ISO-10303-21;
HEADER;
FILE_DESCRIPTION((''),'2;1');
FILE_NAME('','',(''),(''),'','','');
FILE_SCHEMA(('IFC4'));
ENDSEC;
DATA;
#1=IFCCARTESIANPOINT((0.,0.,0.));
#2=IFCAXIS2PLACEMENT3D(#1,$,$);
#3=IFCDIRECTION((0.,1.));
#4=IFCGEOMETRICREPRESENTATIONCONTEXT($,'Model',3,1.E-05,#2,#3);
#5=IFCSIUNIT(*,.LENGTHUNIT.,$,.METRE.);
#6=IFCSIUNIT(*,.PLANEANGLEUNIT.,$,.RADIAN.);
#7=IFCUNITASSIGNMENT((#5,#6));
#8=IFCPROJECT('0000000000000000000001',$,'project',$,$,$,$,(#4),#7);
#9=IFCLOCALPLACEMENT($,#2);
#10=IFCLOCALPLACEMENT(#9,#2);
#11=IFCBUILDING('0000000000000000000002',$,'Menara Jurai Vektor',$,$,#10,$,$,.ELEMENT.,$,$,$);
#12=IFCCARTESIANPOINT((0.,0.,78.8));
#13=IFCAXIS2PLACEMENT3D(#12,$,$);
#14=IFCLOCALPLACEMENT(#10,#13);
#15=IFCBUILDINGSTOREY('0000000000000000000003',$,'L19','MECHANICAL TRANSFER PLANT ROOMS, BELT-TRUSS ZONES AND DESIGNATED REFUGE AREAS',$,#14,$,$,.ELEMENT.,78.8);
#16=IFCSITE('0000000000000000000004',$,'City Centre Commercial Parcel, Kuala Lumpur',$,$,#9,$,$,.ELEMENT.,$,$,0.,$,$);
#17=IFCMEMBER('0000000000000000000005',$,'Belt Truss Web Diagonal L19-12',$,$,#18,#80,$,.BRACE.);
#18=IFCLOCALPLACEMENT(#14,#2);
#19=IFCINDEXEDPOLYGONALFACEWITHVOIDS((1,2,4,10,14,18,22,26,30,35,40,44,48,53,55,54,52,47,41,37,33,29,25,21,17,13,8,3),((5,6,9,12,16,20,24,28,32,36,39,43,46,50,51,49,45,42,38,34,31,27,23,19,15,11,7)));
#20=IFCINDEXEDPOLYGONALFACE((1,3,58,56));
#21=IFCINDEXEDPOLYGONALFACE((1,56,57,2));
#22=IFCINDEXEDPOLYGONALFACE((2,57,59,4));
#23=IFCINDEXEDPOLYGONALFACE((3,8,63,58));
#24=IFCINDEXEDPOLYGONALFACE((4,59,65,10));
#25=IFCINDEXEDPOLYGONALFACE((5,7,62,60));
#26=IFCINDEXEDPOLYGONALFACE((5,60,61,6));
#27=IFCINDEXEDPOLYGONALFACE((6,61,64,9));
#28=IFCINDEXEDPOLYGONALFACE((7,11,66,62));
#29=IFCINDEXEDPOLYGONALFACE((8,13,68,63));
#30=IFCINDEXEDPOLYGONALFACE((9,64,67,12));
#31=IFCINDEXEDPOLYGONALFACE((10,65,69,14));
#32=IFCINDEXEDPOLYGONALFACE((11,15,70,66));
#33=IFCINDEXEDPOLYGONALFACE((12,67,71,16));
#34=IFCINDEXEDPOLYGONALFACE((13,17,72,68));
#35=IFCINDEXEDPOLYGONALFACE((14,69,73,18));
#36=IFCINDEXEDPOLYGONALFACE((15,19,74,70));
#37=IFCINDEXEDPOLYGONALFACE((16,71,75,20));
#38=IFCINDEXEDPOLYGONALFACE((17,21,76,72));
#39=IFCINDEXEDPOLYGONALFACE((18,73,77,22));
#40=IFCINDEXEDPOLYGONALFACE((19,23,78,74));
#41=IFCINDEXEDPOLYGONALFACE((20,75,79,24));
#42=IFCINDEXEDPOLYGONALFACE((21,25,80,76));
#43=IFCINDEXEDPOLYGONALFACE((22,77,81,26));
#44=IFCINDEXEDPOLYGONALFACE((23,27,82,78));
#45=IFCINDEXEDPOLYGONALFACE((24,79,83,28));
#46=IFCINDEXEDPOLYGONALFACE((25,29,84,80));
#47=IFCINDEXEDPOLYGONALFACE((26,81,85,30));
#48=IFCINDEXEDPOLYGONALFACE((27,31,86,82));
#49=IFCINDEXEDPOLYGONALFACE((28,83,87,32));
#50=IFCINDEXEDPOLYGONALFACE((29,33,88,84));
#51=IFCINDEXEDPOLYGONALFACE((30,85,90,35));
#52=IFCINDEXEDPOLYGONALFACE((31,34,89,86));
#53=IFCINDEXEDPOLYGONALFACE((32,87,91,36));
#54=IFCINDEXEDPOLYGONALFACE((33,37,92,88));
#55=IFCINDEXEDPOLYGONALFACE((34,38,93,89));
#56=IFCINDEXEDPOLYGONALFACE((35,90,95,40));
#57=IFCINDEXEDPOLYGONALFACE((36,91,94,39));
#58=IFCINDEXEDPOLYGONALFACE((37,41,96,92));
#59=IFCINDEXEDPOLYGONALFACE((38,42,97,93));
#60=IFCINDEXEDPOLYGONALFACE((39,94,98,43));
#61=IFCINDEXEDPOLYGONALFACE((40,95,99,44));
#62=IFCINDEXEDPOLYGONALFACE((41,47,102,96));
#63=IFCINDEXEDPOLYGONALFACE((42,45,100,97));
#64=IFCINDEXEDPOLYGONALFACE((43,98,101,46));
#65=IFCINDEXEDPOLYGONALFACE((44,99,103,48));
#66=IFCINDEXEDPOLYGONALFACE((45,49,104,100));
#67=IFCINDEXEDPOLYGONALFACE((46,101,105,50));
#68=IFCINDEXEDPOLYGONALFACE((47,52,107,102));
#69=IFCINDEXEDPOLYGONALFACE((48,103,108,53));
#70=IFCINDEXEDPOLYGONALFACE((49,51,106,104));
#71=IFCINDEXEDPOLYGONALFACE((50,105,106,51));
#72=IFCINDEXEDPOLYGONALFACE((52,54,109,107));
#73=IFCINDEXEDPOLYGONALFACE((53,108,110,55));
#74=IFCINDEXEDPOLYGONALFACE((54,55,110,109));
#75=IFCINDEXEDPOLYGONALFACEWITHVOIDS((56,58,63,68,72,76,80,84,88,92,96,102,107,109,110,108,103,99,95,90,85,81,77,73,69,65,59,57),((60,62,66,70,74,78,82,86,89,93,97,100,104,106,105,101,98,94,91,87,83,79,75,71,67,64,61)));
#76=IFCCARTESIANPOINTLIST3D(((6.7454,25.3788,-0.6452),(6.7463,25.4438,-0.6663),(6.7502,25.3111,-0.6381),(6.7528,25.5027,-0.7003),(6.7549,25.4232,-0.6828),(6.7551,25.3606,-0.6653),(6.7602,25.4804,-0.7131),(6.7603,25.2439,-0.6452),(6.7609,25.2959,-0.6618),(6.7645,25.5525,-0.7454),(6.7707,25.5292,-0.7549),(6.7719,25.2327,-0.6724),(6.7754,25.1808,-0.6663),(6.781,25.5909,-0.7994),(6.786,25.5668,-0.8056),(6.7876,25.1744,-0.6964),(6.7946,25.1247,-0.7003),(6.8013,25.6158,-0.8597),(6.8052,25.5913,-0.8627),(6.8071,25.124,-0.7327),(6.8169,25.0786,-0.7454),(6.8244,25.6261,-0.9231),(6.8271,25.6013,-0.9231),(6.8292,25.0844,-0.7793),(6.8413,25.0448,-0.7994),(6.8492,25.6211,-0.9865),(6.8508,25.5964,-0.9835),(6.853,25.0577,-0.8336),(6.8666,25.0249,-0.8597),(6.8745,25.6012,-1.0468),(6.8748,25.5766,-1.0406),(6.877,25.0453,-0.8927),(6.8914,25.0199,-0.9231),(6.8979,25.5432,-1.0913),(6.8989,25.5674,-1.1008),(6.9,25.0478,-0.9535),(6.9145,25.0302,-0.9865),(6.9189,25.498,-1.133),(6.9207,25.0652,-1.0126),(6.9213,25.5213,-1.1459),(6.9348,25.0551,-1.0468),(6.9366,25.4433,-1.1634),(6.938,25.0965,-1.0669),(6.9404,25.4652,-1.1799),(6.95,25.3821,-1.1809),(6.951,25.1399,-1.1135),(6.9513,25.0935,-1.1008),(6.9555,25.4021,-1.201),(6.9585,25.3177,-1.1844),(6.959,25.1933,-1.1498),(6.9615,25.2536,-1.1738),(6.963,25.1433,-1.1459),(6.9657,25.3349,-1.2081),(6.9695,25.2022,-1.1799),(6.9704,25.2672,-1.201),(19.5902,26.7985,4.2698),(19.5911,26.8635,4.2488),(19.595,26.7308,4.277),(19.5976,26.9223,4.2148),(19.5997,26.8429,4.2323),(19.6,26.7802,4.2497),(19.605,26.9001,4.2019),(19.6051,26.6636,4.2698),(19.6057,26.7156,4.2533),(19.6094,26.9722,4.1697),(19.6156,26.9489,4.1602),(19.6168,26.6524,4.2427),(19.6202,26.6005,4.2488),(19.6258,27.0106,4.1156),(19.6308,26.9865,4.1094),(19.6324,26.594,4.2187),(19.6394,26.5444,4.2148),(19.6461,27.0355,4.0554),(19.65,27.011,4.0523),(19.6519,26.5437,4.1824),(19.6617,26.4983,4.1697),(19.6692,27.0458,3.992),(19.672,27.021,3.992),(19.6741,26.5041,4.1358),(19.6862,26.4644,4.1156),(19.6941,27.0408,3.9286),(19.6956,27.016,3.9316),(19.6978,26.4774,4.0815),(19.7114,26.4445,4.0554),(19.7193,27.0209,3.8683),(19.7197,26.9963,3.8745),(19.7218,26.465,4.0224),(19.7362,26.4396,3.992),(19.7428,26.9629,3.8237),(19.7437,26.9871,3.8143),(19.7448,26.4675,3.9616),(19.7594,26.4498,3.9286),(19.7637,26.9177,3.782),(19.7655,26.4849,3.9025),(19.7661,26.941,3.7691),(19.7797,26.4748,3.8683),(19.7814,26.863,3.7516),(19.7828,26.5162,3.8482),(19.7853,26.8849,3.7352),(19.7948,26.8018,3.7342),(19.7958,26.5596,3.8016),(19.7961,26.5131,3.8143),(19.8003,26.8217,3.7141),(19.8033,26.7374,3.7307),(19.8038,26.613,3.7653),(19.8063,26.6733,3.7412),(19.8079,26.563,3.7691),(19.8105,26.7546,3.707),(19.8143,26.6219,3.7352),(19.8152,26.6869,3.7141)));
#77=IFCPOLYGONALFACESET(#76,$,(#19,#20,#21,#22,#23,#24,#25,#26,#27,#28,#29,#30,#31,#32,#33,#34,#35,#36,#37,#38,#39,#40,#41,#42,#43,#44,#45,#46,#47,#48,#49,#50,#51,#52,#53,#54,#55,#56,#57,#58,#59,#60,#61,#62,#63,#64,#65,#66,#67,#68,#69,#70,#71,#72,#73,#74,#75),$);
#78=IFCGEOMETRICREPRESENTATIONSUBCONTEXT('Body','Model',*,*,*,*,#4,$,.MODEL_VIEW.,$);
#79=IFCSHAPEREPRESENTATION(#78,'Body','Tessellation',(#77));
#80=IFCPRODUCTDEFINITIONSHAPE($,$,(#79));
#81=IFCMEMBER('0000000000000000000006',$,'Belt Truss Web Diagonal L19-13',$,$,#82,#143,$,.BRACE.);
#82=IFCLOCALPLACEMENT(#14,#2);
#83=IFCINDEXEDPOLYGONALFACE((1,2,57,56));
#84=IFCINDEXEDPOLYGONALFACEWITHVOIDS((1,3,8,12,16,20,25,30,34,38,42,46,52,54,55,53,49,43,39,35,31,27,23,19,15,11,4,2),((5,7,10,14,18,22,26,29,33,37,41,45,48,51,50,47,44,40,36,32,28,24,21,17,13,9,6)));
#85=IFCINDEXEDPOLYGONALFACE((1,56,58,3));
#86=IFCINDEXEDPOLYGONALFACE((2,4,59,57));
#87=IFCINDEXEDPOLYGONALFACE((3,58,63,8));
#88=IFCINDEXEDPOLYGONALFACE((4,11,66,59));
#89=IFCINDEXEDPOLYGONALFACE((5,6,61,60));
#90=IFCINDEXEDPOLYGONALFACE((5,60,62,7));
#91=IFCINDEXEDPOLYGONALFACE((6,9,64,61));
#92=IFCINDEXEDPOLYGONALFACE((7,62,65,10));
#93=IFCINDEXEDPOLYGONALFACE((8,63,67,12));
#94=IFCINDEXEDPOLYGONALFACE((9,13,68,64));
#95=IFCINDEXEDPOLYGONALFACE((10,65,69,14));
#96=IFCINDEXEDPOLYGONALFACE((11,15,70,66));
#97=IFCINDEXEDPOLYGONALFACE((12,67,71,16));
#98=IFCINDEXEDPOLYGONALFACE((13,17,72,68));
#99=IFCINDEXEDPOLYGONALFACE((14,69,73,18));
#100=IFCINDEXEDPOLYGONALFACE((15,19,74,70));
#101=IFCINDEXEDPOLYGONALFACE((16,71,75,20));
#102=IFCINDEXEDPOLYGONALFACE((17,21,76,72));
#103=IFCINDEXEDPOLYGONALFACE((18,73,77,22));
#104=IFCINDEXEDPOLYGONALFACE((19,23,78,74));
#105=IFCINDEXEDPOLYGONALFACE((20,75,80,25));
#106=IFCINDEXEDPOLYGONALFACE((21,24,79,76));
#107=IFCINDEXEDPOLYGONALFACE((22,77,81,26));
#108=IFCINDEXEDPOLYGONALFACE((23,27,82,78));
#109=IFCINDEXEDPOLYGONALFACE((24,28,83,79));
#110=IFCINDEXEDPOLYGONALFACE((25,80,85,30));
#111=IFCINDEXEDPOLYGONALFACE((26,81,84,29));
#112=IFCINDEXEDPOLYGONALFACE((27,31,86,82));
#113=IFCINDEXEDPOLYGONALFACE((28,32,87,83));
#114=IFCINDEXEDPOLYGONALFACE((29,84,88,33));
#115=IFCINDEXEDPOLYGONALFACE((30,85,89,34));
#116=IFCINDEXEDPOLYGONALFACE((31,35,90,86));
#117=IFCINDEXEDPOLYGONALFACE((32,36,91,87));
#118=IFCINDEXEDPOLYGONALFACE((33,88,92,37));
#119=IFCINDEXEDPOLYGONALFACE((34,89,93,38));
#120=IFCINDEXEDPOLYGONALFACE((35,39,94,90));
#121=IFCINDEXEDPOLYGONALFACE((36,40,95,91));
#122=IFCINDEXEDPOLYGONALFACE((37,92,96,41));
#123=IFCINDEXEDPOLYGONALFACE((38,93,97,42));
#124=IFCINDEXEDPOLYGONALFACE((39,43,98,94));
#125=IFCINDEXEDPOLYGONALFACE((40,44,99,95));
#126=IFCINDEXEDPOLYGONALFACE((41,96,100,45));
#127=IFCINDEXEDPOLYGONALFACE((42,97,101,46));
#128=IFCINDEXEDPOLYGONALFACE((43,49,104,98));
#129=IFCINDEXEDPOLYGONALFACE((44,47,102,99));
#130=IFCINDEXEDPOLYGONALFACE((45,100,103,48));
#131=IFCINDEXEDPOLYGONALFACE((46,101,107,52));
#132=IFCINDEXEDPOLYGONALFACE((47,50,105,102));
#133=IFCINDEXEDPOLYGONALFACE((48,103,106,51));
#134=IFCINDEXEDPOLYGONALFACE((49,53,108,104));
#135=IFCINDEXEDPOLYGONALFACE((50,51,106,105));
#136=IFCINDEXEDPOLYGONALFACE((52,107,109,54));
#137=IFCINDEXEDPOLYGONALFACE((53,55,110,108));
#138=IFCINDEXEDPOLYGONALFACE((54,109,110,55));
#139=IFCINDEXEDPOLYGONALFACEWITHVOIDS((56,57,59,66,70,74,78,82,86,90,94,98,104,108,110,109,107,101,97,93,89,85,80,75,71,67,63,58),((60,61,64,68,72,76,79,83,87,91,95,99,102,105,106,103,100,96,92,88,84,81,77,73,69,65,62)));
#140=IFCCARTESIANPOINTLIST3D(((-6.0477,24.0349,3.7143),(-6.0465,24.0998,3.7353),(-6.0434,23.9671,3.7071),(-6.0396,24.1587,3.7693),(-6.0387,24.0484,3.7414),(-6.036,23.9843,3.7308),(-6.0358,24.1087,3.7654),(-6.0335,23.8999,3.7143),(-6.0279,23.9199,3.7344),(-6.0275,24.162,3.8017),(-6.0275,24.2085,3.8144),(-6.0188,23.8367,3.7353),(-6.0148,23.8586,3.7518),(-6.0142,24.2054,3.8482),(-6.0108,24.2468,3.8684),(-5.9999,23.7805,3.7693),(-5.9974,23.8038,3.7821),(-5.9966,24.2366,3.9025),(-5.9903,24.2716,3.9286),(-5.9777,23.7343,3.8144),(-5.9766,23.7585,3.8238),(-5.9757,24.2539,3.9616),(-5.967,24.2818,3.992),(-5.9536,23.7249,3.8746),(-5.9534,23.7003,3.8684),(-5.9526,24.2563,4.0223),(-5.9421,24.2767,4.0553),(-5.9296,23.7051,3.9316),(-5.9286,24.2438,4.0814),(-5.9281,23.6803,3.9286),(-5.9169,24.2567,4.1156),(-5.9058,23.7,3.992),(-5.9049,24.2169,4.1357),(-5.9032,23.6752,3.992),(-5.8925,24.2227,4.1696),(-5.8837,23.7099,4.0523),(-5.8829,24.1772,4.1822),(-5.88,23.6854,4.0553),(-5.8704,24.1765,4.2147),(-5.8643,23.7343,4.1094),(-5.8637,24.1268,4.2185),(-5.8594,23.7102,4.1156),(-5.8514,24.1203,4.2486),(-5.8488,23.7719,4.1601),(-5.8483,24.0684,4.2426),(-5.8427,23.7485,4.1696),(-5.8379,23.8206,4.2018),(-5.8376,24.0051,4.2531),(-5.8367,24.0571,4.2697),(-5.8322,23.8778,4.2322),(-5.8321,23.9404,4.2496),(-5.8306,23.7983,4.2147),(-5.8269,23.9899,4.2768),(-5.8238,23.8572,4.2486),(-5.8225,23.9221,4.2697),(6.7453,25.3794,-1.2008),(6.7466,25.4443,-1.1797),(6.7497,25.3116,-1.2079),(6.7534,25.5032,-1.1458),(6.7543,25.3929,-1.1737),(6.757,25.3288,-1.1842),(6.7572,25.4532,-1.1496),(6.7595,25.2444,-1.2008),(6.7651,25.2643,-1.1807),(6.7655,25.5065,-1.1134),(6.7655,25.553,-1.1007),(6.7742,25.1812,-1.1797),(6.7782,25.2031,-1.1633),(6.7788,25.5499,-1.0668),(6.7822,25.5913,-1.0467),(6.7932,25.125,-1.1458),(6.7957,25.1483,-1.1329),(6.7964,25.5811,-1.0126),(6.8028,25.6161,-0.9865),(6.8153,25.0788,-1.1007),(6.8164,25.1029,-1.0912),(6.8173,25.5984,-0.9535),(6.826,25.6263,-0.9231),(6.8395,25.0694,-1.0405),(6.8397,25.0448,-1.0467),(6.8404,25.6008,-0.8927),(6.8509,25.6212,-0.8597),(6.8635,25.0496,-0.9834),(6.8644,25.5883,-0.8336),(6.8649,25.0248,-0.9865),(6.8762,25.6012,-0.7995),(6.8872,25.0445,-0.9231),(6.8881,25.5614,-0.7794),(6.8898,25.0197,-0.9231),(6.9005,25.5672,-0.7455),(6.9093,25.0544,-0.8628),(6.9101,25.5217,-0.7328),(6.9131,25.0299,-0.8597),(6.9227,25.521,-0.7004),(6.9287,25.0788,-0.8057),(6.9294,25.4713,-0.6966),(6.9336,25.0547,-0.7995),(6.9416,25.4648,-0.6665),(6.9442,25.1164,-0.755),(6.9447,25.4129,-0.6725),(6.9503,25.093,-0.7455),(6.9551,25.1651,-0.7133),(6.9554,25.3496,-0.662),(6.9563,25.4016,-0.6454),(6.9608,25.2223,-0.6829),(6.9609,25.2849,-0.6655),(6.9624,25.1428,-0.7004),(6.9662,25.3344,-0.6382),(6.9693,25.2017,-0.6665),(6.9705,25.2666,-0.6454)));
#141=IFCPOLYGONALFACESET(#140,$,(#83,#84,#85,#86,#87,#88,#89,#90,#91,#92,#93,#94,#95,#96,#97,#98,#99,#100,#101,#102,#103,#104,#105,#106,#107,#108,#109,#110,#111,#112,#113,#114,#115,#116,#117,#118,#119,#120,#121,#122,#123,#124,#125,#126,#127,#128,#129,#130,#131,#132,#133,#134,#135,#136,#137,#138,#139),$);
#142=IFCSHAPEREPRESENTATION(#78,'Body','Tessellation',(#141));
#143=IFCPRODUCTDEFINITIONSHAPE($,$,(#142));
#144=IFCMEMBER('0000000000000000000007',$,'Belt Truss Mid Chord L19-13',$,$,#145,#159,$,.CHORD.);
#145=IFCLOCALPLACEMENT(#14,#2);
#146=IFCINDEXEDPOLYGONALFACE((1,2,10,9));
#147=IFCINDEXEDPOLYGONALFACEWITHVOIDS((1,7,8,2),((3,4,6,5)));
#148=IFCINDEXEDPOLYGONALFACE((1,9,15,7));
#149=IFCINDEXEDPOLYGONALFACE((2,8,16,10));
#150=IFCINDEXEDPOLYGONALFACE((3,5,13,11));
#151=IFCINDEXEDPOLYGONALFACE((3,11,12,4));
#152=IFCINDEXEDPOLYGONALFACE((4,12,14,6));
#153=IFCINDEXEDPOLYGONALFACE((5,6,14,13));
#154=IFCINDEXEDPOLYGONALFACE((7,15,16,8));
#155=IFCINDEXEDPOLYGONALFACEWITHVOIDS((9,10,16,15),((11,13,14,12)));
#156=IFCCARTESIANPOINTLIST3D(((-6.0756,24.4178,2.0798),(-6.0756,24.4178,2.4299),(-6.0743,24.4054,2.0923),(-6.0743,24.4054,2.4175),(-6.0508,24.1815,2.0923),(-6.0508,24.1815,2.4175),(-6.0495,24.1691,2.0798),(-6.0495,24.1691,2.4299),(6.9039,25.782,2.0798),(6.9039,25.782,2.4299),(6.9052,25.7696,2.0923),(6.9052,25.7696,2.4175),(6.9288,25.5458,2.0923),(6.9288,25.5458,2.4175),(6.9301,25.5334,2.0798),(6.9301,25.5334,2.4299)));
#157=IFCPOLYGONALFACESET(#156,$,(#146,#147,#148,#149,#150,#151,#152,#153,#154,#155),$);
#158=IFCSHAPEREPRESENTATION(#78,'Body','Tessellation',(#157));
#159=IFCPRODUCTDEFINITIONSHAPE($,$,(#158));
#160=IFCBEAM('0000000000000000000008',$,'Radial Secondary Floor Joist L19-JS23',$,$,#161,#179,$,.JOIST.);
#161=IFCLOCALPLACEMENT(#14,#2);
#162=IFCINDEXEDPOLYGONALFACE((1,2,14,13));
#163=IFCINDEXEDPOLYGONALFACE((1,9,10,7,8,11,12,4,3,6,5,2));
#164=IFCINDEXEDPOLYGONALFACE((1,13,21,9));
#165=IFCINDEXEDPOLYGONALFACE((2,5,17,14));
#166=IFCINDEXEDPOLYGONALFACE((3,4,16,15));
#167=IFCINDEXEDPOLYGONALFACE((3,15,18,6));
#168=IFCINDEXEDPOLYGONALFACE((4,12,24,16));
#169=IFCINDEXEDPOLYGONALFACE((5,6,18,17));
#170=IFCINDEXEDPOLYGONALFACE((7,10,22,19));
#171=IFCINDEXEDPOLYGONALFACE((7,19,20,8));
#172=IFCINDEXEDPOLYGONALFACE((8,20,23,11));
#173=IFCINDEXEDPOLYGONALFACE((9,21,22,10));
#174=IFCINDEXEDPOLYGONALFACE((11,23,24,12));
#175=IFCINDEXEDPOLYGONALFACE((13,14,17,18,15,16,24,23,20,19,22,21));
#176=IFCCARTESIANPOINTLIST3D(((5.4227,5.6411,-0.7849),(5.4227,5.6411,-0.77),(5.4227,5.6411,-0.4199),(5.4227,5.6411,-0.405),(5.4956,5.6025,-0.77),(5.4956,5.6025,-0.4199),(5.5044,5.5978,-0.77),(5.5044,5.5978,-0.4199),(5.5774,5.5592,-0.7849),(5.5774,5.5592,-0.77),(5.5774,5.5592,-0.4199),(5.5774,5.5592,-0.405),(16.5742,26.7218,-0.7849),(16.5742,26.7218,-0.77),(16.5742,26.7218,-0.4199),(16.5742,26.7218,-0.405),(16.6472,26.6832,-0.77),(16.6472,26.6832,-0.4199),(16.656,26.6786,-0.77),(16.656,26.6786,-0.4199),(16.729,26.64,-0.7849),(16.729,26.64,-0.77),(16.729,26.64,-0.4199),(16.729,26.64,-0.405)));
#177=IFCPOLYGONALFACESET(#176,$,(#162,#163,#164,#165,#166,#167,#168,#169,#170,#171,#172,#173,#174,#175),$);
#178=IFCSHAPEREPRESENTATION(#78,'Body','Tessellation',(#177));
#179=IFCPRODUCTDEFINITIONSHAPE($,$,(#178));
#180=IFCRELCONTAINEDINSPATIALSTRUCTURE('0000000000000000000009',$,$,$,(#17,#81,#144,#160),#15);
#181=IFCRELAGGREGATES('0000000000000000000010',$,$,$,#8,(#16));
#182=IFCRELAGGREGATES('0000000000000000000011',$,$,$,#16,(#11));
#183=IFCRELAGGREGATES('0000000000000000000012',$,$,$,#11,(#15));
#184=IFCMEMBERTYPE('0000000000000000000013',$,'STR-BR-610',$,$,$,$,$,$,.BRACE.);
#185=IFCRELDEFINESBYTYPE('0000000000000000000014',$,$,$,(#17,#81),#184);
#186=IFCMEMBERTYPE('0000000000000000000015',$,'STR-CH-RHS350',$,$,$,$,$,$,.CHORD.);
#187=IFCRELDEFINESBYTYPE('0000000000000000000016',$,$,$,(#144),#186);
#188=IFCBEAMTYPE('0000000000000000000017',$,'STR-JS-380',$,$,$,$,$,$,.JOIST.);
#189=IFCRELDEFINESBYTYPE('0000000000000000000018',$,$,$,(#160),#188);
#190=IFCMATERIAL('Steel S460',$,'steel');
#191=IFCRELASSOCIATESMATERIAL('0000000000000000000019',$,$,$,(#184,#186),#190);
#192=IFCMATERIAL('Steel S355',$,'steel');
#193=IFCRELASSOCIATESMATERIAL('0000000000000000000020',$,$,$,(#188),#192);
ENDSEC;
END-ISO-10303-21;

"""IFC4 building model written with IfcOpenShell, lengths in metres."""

from ifc_helpers import new_model, si_unit, direction, frame, origin, origin_2d, place, context, subcontext, project, spatial, hollow_rectangle, hollow_circle, i_section, extrude, material, material_profile, profile_set, type_object, element, save


model = new_model("IFC4")

# Units and contexts
model_context = context("Model", 3, precision=1e-05, world=origin(), true_north=direction((0.0, 1.0)))
body_context = subcontext(model_context, "Body", "Model", "MODEL_VIEW")
ifc_project = project(units=[si_unit("LENGTHUNIT", "METRE"), si_unit("PLANEANGLEUNIT", "RADIAN")], contexts=[model_context])

# Site, building, storey
site_placement = place(None, origin())
site = spatial("IfcSite", under=ifc_project, at=site_placement, Name="City Centre Commercial Parcel, Kuala Lumpur", CompositionType="ELEMENT", RefElevation=0.0)
building_placement = place(site_placement, origin())
building = spatial("IfcBuilding", under=site, at=building_placement, Name="Menara Jurai Vektor", CompositionType="ELEMENT")
storey_placement = place(building_placement, frame((0.0, 0.0, 78.8)))
storey = spatial("IfcBuildingStorey", under=building, at=storey_placement, Name="L19", Description="MECHANICAL TRANSFER PLANT ROOMS, BELT-TRUSS ZONES AND DESIGNATED REFUGE AREAS", CompositionType="ELEMENT", Elevation=78.8)

# Shared definitions
ifc_material_1 = material(Name="Steel S460", Category="steel")

# Members
ifc_material_profile_1 = material_profile(ifc_material_1, hollow_circle(Radius=0.3049, WallThickness=0.0249, at=origin_2d()), Name="CHS 610x25")
ifc_profile_set_1 = profile_set([ifc_material_profile_1], Name="Steel S460")
member_type_1 = type_object("IfcMemberType", Name="STR-BR-610", PredefinedType="BRACE", material=ifc_profile_set_1)
member_1_placement = place(storey_placement, frame((6.8579, 25.323, -0.9231), z_axis=(0.929023, 0.102681, 0.355491), x_axis=(-0.109857, 0.993947, 0.0)))
element("IfcMember", 1, at=member_1_placement, inside=storey, type_object=member_type_1, Name="Belt Truss Web Diagonal L19-12", PredefinedType="BRACE", context=body_context, shape_type="SweptSolid", body=[
    extrude(hollow_circle(Radius=0.3049, WallThickness=0.0249, at=origin_2d()), origin(), (0.0, 0.0, 1.0), 13.8262),
])
member_2_placement = place(storey_placement, frame((6.8579, 25.323, -0.9231), z_axis=(-0.929016, -0.097635, 0.356927), x_axis=(0.10452, -0.994523, 0.0)))
element("IfcMember", 2, at=member_2_placement, inside=storey, type_object=member_type_1, Name="Belt Truss Web Diagonal L19-13", PredefinedType="BRACE", context=body_context, shape_type="SweptSolid", body=[
    extrude(hollow_circle(Radius=0.3049, WallThickness=0.0249, at=origin_2d()), origin(), (0.0, 0.0, 1.0), 13.7705),
])
ifc_material_profile_2 = material_profile(ifc_material_1, hollow_rectangle(XDim=0.25, YDim=0.3501, WallThickness=0.0125, at=origin_2d()), Name="RHS 350x250x12.5")
ifc_profile_set_2 = profile_set([ifc_material_profile_2], Name="Steel S460")
member_type_2 = type_object("IfcMemberType", Name="STR-CH-RHS350", PredefinedType="CHORD", material=ifc_profile_set_2)
member_3_placement = place(storey_placement, frame((6.917, 25.6577, 2.2549), z_axis=(-0.994521, -0.104533, 0.0), x_axis=(0.104533, -0.994521, 0.0)))
element("IfcMember", 3, at=member_3_placement, inside=storey, type_object=member_type_2, Name="Belt Truss Mid Chord L19-13", PredefinedType="CHORD", context=body_context, shape_type="SweptSolid", body=[
    extrude(hollow_rectangle(XDim=0.25, YDim=0.3501, WallThickness=0.0125, at=origin_2d()), origin(), (0.0, 0.0, 1.0), 13.051),
])

# Beam
ifc_material_2 = material(Name="Steel S355", Category="steel")
ifc_material_profile_3 = material_profile(ifc_material_2, i_section(OverallWidth=0.175, OverallDepth=0.3799, WebThickness=0.01, FlangeThickness=0.0149, at=origin_2d()), Name="PG 380x175x58")
ifc_profile_set_3 = profile_set([ifc_material_profile_3], Name="Steel S355")
beam_type_1 = type_object("IfcBeamType", Name="STR-JS-380", PredefinedType="JOIST", material=ifc_profile_set_3)
beam_1_placement = place(storey_placement, frame((16.6516, 26.6809, -0.595), z_axis=(-0.467599, -0.883941, 0.0), x_axis=(0.883941, -0.467599, 0.0)))
element("IfcBeam", 4, at=beam_1_placement, inside=storey, type_object=beam_type_1, Name="Radial Secondary Floor Joist L19-JS23", PredefinedType="JOIST", context=body_context, shape_type="SweptSolid", body=[
    extrude(i_section(OverallWidth=0.175, OverallDepth=0.3799, WebThickness=0.01, FlangeThickness=0.0149, at=origin_2d()), origin(), (0.0, 0.0, 1.0), 23.8486),
])

save(model, "model.ifc")
